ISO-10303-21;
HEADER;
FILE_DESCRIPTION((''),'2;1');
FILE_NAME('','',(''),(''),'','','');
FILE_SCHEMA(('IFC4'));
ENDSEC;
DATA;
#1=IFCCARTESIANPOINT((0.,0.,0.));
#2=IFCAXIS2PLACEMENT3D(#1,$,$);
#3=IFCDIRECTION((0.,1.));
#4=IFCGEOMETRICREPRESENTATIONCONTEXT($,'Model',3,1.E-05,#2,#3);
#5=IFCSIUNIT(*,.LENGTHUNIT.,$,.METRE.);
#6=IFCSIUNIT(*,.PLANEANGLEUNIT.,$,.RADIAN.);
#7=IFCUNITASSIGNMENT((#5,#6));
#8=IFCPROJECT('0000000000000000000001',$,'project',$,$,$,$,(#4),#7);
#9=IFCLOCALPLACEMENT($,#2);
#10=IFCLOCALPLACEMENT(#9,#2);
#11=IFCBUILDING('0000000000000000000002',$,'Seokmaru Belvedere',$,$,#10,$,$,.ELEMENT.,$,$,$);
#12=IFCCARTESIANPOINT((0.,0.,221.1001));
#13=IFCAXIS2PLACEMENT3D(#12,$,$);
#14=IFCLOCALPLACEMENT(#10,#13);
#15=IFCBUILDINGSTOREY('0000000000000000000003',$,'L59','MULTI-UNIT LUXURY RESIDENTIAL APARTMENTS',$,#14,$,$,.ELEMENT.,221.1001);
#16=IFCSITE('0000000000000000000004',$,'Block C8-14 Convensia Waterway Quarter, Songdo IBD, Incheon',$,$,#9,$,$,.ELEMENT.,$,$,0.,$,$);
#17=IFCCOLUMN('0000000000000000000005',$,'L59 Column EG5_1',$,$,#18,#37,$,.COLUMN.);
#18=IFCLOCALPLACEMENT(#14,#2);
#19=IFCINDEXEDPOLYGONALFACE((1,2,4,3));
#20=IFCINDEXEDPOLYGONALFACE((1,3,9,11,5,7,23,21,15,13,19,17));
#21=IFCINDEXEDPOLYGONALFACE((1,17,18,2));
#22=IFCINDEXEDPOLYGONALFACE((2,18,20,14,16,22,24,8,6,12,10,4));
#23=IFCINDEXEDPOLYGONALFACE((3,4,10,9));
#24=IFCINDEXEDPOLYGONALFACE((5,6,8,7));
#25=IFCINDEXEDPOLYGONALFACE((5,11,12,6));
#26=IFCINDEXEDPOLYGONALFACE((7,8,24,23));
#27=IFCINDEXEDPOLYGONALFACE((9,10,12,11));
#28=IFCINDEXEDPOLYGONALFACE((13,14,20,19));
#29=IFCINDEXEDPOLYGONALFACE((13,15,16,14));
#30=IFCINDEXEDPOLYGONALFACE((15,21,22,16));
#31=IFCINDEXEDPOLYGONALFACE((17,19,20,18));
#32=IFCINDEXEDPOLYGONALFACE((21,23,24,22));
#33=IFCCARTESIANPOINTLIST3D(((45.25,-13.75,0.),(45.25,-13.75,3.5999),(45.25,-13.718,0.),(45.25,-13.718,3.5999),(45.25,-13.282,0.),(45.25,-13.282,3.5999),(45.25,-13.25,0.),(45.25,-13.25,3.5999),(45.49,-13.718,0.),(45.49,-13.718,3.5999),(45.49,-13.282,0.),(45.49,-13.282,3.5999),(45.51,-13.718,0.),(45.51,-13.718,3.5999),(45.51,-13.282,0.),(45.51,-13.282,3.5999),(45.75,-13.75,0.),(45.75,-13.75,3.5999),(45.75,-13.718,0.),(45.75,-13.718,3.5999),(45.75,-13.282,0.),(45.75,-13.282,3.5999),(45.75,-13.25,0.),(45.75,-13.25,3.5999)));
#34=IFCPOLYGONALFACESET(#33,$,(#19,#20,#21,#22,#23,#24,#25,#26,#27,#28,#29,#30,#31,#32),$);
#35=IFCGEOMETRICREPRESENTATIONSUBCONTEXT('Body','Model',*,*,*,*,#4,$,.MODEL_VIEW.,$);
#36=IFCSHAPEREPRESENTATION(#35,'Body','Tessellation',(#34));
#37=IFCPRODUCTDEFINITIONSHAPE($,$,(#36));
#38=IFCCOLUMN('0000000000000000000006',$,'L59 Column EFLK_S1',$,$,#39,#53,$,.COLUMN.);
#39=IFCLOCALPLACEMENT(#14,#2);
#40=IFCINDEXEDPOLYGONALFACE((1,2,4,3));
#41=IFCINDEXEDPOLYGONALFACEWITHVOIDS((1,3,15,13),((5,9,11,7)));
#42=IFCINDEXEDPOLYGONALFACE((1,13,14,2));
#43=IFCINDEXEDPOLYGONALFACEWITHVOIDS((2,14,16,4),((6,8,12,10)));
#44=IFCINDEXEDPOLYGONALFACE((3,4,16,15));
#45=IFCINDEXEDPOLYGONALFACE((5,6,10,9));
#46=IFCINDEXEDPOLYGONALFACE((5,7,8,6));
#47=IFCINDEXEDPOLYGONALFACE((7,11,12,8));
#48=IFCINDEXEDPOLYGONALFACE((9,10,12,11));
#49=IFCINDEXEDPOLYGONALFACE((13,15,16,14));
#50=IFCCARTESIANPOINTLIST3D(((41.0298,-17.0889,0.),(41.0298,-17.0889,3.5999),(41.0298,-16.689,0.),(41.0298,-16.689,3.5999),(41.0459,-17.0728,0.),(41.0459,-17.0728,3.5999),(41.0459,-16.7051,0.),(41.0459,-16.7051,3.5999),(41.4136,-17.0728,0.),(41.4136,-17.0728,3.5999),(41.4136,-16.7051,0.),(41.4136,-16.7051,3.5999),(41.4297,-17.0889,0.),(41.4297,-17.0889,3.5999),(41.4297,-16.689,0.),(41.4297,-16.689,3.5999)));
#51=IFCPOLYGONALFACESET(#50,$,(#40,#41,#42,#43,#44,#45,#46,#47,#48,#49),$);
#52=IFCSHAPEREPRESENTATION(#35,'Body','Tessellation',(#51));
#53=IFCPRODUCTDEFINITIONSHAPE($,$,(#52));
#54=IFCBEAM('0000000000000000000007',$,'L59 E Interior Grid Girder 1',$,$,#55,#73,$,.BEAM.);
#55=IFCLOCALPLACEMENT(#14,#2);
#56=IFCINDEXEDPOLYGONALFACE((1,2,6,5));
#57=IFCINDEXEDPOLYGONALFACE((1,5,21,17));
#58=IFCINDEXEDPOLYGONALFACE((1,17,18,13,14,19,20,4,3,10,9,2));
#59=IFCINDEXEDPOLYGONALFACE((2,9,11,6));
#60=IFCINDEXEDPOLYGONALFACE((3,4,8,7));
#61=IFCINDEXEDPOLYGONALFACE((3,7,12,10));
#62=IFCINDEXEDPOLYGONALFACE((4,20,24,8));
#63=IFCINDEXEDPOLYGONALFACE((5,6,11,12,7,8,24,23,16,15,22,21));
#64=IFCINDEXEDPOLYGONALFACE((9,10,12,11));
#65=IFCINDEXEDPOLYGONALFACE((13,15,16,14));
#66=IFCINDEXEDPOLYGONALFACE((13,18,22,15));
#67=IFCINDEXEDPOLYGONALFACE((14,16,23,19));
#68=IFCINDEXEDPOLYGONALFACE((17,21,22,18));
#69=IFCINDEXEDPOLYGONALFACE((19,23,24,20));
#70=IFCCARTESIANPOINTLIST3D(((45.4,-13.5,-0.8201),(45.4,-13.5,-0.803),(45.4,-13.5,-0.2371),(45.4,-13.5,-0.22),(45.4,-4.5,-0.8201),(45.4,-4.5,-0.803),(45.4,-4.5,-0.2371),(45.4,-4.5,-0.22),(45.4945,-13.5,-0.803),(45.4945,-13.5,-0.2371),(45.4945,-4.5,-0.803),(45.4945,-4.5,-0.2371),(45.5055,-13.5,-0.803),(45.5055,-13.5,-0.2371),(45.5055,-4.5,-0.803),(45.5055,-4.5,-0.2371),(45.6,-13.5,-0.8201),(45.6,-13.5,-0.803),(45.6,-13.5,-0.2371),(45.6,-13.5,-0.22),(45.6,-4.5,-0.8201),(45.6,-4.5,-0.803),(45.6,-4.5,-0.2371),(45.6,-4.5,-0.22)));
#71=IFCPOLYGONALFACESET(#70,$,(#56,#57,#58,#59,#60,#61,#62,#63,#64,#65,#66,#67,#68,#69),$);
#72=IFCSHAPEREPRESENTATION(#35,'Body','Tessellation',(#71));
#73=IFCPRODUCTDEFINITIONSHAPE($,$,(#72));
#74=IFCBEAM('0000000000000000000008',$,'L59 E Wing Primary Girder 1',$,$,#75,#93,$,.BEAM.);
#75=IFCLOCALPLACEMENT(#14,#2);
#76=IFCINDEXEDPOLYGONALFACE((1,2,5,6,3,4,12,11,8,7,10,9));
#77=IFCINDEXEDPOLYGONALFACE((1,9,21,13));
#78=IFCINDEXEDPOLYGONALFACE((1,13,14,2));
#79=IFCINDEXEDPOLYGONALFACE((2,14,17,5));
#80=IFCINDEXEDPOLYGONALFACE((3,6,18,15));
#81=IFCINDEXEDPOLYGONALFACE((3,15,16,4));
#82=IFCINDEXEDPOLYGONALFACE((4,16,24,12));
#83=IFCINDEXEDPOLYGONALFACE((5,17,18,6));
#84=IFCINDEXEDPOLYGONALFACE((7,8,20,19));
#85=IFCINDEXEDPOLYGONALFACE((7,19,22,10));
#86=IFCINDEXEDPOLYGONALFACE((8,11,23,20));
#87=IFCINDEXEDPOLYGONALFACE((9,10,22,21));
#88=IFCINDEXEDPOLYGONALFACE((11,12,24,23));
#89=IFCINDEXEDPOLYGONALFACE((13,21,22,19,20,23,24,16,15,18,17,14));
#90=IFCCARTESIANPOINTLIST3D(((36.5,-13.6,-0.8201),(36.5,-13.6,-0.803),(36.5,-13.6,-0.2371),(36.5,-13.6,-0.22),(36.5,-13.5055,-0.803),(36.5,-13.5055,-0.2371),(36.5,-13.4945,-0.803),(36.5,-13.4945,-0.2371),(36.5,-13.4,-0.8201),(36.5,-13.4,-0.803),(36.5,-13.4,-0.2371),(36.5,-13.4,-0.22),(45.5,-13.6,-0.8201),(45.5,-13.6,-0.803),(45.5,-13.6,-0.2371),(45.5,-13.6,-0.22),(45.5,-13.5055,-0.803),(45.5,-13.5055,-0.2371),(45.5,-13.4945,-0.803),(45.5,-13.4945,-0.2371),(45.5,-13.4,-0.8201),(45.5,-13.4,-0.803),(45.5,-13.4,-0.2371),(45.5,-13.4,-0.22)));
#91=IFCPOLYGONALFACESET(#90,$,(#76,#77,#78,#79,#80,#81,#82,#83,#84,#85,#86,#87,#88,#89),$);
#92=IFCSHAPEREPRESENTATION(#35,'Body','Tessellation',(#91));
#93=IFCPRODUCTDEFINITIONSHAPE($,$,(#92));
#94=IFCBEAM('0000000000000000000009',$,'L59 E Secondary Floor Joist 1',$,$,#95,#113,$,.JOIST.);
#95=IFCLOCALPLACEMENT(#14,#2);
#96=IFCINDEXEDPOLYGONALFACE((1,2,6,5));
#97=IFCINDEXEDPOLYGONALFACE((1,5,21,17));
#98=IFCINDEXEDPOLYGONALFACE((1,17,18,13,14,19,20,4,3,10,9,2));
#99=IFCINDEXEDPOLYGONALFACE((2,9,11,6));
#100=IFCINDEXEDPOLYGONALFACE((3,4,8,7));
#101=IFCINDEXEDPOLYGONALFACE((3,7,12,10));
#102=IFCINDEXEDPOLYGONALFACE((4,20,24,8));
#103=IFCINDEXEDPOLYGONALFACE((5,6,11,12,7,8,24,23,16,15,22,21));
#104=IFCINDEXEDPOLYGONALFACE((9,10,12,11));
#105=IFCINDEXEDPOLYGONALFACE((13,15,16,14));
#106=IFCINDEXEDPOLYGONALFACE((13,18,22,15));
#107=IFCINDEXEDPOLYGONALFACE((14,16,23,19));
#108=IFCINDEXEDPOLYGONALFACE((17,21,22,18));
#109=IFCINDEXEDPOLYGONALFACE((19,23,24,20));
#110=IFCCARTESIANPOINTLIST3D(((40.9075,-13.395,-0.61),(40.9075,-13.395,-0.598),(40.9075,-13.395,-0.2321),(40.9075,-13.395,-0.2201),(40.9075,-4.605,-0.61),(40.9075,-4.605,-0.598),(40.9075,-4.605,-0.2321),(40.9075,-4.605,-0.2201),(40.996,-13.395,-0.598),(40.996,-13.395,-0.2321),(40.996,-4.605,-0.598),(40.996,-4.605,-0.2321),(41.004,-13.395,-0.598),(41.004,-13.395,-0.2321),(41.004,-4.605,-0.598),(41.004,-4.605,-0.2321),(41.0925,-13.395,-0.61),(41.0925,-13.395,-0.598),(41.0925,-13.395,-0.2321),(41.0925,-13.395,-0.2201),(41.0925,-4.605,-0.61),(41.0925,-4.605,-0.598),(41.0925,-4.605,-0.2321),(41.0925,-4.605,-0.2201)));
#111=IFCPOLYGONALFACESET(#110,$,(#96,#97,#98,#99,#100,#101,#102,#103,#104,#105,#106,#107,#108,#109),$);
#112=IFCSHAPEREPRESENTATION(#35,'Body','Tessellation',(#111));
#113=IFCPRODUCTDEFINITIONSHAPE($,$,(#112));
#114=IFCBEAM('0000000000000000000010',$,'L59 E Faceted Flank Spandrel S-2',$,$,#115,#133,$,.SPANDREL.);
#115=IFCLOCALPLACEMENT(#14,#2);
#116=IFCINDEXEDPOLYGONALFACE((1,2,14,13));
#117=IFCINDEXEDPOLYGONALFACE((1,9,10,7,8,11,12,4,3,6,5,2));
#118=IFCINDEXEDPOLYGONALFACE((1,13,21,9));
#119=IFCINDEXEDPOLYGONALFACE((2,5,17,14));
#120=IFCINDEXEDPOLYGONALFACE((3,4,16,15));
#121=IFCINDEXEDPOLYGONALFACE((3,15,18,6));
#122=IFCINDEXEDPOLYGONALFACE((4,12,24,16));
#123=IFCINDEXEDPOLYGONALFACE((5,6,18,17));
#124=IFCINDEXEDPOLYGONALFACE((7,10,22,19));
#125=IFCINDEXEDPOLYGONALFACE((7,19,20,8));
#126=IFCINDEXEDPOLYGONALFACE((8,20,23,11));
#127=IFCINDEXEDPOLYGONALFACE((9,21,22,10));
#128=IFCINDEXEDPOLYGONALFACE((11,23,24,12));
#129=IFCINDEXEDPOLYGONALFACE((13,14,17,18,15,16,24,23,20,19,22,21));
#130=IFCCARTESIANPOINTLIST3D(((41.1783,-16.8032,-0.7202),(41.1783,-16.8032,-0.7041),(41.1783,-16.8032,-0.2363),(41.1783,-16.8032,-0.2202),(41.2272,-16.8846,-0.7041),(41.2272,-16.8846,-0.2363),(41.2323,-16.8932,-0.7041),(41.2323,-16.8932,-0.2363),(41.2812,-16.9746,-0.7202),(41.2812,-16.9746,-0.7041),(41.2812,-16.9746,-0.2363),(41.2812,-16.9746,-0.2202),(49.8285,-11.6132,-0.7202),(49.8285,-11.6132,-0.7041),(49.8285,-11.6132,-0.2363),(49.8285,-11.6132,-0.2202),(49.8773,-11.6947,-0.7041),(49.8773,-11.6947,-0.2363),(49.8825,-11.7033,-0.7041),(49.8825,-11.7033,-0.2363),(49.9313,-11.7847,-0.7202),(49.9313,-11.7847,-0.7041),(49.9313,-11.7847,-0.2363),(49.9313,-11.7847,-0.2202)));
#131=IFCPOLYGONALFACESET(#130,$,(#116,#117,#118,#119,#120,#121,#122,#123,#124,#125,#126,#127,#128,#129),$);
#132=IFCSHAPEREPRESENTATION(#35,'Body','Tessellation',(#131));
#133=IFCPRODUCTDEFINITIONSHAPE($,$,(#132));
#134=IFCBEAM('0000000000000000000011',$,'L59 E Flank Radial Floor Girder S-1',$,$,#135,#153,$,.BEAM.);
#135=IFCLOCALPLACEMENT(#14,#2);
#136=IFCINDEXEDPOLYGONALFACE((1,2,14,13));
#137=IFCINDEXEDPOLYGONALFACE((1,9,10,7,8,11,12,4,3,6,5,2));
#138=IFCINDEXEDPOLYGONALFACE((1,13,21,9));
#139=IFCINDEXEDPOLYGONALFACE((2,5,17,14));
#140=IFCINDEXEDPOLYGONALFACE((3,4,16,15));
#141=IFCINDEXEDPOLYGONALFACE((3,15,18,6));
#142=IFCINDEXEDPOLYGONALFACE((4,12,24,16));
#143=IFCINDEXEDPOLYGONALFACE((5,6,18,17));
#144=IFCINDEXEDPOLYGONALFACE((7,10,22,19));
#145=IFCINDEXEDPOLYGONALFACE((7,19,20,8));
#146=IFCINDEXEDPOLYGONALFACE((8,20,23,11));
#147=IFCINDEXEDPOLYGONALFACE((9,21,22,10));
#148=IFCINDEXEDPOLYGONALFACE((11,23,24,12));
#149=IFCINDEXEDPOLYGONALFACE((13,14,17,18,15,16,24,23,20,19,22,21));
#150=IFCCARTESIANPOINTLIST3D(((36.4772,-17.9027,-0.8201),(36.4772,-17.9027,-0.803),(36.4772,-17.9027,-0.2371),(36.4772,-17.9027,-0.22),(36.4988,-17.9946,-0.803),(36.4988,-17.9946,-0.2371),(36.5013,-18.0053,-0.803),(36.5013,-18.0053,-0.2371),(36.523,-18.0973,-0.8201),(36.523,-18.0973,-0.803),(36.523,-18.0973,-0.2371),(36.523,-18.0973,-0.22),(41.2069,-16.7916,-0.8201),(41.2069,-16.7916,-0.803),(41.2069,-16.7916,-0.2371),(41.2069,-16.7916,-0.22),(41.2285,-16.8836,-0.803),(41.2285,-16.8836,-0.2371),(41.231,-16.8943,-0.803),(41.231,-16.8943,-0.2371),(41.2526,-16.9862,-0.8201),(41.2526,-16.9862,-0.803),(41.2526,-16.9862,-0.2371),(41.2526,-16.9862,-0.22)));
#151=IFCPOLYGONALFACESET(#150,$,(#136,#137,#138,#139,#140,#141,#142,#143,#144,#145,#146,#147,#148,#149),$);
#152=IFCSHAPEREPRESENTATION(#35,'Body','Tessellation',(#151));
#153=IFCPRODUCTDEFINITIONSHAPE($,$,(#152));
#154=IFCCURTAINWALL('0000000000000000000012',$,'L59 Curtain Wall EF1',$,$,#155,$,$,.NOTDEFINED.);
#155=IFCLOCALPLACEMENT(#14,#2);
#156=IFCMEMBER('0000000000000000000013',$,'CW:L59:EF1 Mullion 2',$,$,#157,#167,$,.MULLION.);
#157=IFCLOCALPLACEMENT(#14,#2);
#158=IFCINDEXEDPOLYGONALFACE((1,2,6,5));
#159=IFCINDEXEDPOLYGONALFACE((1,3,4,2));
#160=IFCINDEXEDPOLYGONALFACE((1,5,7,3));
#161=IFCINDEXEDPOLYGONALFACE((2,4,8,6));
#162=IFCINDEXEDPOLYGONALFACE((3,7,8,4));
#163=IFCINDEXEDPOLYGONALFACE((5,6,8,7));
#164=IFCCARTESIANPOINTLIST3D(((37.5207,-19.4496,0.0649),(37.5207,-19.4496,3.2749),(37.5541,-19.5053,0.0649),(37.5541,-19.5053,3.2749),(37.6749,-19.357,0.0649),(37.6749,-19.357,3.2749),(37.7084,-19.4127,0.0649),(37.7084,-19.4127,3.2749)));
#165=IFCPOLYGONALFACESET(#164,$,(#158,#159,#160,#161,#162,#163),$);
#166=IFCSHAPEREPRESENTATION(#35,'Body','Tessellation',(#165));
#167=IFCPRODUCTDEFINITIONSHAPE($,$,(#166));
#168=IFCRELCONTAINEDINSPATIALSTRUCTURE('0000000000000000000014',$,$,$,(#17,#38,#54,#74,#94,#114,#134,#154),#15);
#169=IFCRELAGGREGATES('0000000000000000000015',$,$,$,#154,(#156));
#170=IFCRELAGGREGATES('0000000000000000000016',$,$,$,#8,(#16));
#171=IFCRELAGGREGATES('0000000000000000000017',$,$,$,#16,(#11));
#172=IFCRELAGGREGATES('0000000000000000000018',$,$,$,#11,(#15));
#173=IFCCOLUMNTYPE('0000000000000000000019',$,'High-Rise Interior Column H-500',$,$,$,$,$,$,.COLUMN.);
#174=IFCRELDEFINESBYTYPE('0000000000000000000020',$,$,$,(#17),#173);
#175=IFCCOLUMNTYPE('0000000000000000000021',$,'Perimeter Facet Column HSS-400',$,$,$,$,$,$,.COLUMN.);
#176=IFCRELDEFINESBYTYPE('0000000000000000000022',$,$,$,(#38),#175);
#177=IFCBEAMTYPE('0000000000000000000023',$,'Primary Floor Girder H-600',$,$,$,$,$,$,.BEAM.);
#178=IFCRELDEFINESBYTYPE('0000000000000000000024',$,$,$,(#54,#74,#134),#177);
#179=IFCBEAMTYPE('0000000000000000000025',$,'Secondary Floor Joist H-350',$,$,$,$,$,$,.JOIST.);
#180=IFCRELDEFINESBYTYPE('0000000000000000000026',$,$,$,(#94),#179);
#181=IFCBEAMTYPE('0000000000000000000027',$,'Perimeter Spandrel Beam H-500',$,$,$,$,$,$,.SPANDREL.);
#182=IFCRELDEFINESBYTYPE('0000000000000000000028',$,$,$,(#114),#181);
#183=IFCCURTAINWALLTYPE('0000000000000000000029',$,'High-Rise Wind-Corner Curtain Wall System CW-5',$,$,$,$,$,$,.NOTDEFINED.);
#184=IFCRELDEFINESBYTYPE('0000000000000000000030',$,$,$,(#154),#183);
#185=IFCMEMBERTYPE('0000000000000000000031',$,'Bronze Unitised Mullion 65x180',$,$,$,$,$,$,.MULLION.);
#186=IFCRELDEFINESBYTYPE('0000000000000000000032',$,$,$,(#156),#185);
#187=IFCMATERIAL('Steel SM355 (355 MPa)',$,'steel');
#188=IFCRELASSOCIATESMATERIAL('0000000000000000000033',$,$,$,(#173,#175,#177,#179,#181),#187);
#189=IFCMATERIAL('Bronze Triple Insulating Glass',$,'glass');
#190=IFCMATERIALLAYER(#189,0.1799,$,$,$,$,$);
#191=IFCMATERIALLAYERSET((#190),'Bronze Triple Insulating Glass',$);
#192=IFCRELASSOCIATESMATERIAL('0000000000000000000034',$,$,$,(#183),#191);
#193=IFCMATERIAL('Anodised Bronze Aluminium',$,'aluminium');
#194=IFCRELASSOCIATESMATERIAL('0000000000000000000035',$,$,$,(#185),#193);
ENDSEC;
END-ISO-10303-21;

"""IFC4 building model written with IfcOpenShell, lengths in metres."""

from ifc_helpers import new_model, si_unit, direction, frame, origin, origin_2d, place, context, subcontext, project, spatial, rectangle, hollow_rectangle, i_section, extrude, source, transform, mapped, material, layer, layer_set, material_profile, profile_set, type_object, type_shapes, element, aggregate, save


model = new_model("IFC4")

# Units and contexts
model_context = context("Model", 3, precision=1e-05, world=origin(), true_north=direction((0.0, 1.0)))
body_context = subcontext(model_context, "Body", "Model", "MODEL_VIEW")
ifc_project = project(units=[si_unit("LENGTHUNIT", "METRE"), si_unit("PLANEANGLEUNIT", "RADIAN")], contexts=[model_context])

# Site, building, storey
site_placement = place(None, origin())
site = spatial("IfcSite", under=ifc_project, at=site_placement, Name="Block C8-14 Convensia Waterway Quarter, Songdo IBD, Incheon", CompositionType="ELEMENT", RefElevation=0.0)
building_placement = place(site_placement, origin())
building = spatial("IfcBuilding", under=site, at=building_placement, Name="Seokmaru Belvedere", CompositionType="ELEMENT")
storey_placement = place(building_placement, frame((0.0, 0.0, 221.1001)))
storey = spatial("IfcBuildingStorey", under=building, at=storey_placement, Name="L59", Description="MULTI-UNIT LUXURY RESIDENTIAL APARTMENTS", CompositionType="ELEMENT", Elevation=221.1001)

# Columns
ifc_material_1 = material(Name="Steel SM355 (355 MPa)", Category="steel")
ifc_material_profile_1 = material_profile(ifc_material_1, i_section(OverallWidth=0.5, OverallDepth=0.5, WebThickness=0.02, FlangeThickness=0.032, at=origin_2d()), Name="H-500x500x20x32")
ifc_profile_set_1 = profile_set([ifc_material_profile_1], Name="Steel SM355 (355 MPa)")
column_type_1 = type_object("IfcColumnType", Name="High-Rise Interior Column H-500", PredefinedType="COLUMN", material=ifc_profile_set_1)
shared_shape_1 = source(origin(), body_context, "Body", "SweptSolid", [
    extrude(i_section(OverallWidth=0.5, OverallDepth=0.5, WebThickness=0.02, FlangeThickness=0.032, at=origin_2d()), origin(), (0.0, 0.0, 1.0), 3.5999),
])
type_shapes(column_type_1, [shared_shape_1])
column_1_placement = place(storey_placement, frame((45.5, -13.5, 0.0), z_axis=(0.0, 0.0, 1.0), x_axis=(1.0, 0.0, 0.0)))
element("IfcColumn", 1, at=column_1_placement, inside=storey, type_object=column_type_1, Name="L59 Column EG5_1", PredefinedType="COLUMN", context=body_context, shape_type="MappedRepresentation", body=[
    mapped(shared_shape_1, transform((0.0, 0.0, 0.0), scale=1.0)),
])
ifc_material_profile_2 = material_profile(ifc_material_1, hollow_rectangle(XDim=0.3999, YDim=0.3999, WallThickness=0.0161, at=origin_2d()), Name="HSS-400x400x16")
ifc_profile_set_2 = profile_set([ifc_material_profile_2], Name="Steel SM355 (355 MPa)")
column_type_2 = type_object("IfcColumnType", Name="Perimeter Facet Column HSS-400", PredefinedType="COLUMN", material=ifc_profile_set_2)
shared_shape_2 = source(origin(), body_context, "Body", "SweptSolid", [
    extrude(hollow_rectangle(XDim=0.3999, YDim=0.3999, WallThickness=0.0161, at=origin_2d()), origin(), (0.0, 0.0, 1.0), 3.5999),
])
type_shapes(column_type_2, [shared_shape_2])
column_2_placement = place(storey_placement, frame((41.2297, -16.8889, 0.0), z_axis=(0.0, 0.0, 1.0), x_axis=(1.0, 0.0, 0.0)))
element("IfcColumn", 2, at=column_2_placement, inside=storey, type_object=column_type_2, Name="L59 Column EFLK_S1", PredefinedType="COLUMN", context=body_context, shape_type="MappedRepresentation", body=[
    mapped(shared_shape_2, transform((0.0, 0.0, 0.0), scale=1.0)),
])

# Beams
ifc_material_profile_3 = material_profile(ifc_material_1, i_section(OverallWidth=0.2, OverallDepth=0.6001, WebThickness=0.011, FlangeThickness=0.0171, at=origin_2d()), Name="H-600x200x11x17")
ifc_profile_set_3 = profile_set([ifc_material_profile_3], Name="Steel SM355 (355 MPa)")
beam_type_1 = type_object("IfcBeamType", Name="Primary Floor Girder H-600", PredefinedType="BEAM", material=ifc_profile_set_3)
shared_shape_3 = source(origin(), body_context, "Body", "SweptSolid", [
    extrude(i_section(OverallWidth=0.2, OverallDepth=0.6001, WebThickness=0.011, FlangeThickness=0.0171, at=origin_2d()), origin(), (0.0, 0.0, 1.0), 9.0),
])
for number, where, z_axis, x_axis, name in (
    (3, (45.5, -13.5, -0.52), (0.0, 1.0, 0.0), (-1.0, 0.0, 0.0), "L59 E Interior Grid Girder 1"),
    (4, (36.5, -13.5, -0.52), (1.0, 0.0, 0.0), (0.0, 1.0, 0.0), "L59 E Wing Primary Girder 1"),
):
    element("IfcBeam", number, at=place(storey_placement, frame(where, z_axis=z_axis, x_axis=x_axis)), inside=storey, type_object=beam_type_1, Name=name, PredefinedType="BEAM", context=body_context, shape_type="MappedRepresentation", body=[
        mapped(shared_shape_3, transform((0.0, 0.0, 0.0), scale=1.0)),
    ])
ifc_material_profile_4 = material_profile(ifc_material_1, i_section(OverallWidth=0.1851, OverallDepth=0.3899, WebThickness=0.0081, FlangeThickness=0.012, at=origin_2d()), Name="H-390x185x8x12")
ifc_profile_set_4 = profile_set([ifc_material_profile_4], Name="Steel SM355 (355 MPa)")
beam_type_2 = type_object("IfcBeamType", Name="Secondary Floor Joist H-350", PredefinedType="JOIST", material=ifc_profile_set_4)
shared_shape_4 = source(origin(), body_context, "Body", "SweptSolid", [
    extrude(i_section(OverallWidth=0.1851, OverallDepth=0.3899, WebThickness=0.0081, FlangeThickness=0.012, at=origin_2d()), origin(), (0.0, 0.0, 1.0), 8.79),
])
type_shapes(beam_type_2, [shared_shape_4])
beam_1_placement = place(storey_placement, frame((41.0, -13.395, -0.415), z_axis=(0.0, 1.0, 0.0), x_axis=(-1.0, 0.0, 0.0)))
element("IfcBeam", 5, at=beam_1_placement, inside=storey, type_object=beam_type_2, Name="L59 E Secondary Floor Joist 1", PredefinedType="JOIST", context=body_context, shape_type="MappedRepresentation", body=[
    mapped(shared_shape_4, transform((0.0, 0.0, 0.0), scale=1.0)),
])
ifc_material_profile_5 = material_profile(ifc_material_1, i_section(OverallWidth=0.2, OverallDepth=0.5, WebThickness=0.01, FlangeThickness=0.0161, at=origin_2d()), Name="H-500x200x10x16")
ifc_profile_set_5 = profile_set([ifc_material_profile_5], Name="Steel SM355 (355 MPa)")
beam_type_3 = type_object("IfcBeamType", Name="Perimeter Spandrel Beam H-500", PredefinedType="SPANDREL", material=ifc_profile_set_5)
shared_shape_5 = source(origin(), body_context, "Body", "SweptSolid", [
    extrude(i_section(OverallWidth=0.2, OverallDepth=0.5, WebThickness=0.01, FlangeThickness=0.0161, at=origin_2d()), origin(), (0.0, 0.0, 1.0), 10.0876),
])
type_shapes(beam_type_3, [shared_shape_5])
beam_2_placement = place(storey_placement, frame((41.2297, -16.8889, -0.4702), z_axis=(0.857499, 0.514485, 0.0), x_axis=(-0.514485, 0.857499, 0.0)))
element("IfcBeam", 6, at=beam_2_placement, inside=storey, type_object=beam_type_3, Name="L59 E Faceted Flank Spandrel S-2", PredefinedType="SPANDREL", context=body_context, shape_type="MappedRepresentation", body=[
    mapped(shared_shape_5, transform((0.0, 0.0, 0.0), scale=1.0)),
])
shared_shape_6 = source(origin(), body_context, "Body", "SweptSolid", [
    extrude(i_section(OverallWidth=0.2, OverallDepth=0.6001, WebThickness=0.011, FlangeThickness=0.0171, at=origin_2d()), origin(), (0.0, 0.0, 1.0), 4.8584),
])
type_shapes(beam_type_1, [shared_shape_3, shared_shape_6])
beam_3_placement = place(storey_placement, frame((41.2297, -16.8889, -0.52), z_axis=(-0.973499, -0.228689, 0.0), x_axis=(0.228689, -0.973499, 0.0)))
element("IfcBeam", 7, at=beam_3_placement, inside=storey, type_object=beam_type_1, Name="L59 E Flank Radial Floor Girder S-1", PredefinedType="BEAM", context=body_context, shape_type="MappedRepresentation", body=[
    mapped(shared_shape_6, transform((0.0, 0.0, 0.0), scale=1.0)),
])

# Curtain wall, member
ifc_material_2 = material(Name="Bronze Triple Insulating Glass", Category="glass")
ifc_layer_1 = layer(ifc_material_2, 0.1799)
ifc_layer_set_1 = layer_set([ifc_layer_1], Name="Bronze Triple Insulating Glass")
curtain_wall_type = type_object("IfcCurtainWallType", Name="High-Rise Wind-Corner Curtain Wall System CW-5", PredefinedType="NOTDEFINED", material=ifc_layer_set_1)
curtain_wall_placement = place(storey_placement, origin())
curtain_wall = element("IfcCurtainWall", 8, at=curtain_wall_placement, inside=storey, type_object=curtain_wall_type, Name="L59 Curtain Wall EF1", PredefinedType="NOTDEFINED")
ifc_material_3 = material(Name="Anodised Bronze Aluminium", Category="aluminium")
ifc_material_profile_6 = material_profile(ifc_material_3, rectangle(XDim=0.0649, YDim=0.1799, at=origin_2d()), Name="CW-M-65x180")
ifc_profile_set_6 = profile_set([ifc_material_profile_6], Name="Anodised Bronze Aluminium")
member_type = type_object("IfcMemberType", Name="Bronze Unitised Mullion 65x180", PredefinedType="MULLION", material=ifc_profile_set_6)
shared_shape_7 = source(origin(), body_context, "Body", "SweptSolid", [
    extrude(rectangle(XDim=0.0649, YDim=0.1799, at=origin_2d()), origin(), (0.0, 0.0, 1.0), 3.21),
])
type_shapes(member_type, [shared_shape_7])
member_1_placement = place(storey_placement, frame((37.6145, -19.4312, 0.0649), z_axis=(0.0, 0.0, 1.0), x_axis=(-0.514495, 0.857493, 0.0)))
member_1 = element("IfcMember", 9, at=member_1_placement, type_object=member_type, Name="CW:L59:EF1 Mullion 2", PredefinedType="MULLION", context=body_context, shape_type="MappedRepresentation", body=[
    mapped(shared_shape_7, transform((0.0, 0.0, 0.0), scale=1.0)),
])
aggregate(curtain_wall, [member_1])

save(model, "model.ifc")
